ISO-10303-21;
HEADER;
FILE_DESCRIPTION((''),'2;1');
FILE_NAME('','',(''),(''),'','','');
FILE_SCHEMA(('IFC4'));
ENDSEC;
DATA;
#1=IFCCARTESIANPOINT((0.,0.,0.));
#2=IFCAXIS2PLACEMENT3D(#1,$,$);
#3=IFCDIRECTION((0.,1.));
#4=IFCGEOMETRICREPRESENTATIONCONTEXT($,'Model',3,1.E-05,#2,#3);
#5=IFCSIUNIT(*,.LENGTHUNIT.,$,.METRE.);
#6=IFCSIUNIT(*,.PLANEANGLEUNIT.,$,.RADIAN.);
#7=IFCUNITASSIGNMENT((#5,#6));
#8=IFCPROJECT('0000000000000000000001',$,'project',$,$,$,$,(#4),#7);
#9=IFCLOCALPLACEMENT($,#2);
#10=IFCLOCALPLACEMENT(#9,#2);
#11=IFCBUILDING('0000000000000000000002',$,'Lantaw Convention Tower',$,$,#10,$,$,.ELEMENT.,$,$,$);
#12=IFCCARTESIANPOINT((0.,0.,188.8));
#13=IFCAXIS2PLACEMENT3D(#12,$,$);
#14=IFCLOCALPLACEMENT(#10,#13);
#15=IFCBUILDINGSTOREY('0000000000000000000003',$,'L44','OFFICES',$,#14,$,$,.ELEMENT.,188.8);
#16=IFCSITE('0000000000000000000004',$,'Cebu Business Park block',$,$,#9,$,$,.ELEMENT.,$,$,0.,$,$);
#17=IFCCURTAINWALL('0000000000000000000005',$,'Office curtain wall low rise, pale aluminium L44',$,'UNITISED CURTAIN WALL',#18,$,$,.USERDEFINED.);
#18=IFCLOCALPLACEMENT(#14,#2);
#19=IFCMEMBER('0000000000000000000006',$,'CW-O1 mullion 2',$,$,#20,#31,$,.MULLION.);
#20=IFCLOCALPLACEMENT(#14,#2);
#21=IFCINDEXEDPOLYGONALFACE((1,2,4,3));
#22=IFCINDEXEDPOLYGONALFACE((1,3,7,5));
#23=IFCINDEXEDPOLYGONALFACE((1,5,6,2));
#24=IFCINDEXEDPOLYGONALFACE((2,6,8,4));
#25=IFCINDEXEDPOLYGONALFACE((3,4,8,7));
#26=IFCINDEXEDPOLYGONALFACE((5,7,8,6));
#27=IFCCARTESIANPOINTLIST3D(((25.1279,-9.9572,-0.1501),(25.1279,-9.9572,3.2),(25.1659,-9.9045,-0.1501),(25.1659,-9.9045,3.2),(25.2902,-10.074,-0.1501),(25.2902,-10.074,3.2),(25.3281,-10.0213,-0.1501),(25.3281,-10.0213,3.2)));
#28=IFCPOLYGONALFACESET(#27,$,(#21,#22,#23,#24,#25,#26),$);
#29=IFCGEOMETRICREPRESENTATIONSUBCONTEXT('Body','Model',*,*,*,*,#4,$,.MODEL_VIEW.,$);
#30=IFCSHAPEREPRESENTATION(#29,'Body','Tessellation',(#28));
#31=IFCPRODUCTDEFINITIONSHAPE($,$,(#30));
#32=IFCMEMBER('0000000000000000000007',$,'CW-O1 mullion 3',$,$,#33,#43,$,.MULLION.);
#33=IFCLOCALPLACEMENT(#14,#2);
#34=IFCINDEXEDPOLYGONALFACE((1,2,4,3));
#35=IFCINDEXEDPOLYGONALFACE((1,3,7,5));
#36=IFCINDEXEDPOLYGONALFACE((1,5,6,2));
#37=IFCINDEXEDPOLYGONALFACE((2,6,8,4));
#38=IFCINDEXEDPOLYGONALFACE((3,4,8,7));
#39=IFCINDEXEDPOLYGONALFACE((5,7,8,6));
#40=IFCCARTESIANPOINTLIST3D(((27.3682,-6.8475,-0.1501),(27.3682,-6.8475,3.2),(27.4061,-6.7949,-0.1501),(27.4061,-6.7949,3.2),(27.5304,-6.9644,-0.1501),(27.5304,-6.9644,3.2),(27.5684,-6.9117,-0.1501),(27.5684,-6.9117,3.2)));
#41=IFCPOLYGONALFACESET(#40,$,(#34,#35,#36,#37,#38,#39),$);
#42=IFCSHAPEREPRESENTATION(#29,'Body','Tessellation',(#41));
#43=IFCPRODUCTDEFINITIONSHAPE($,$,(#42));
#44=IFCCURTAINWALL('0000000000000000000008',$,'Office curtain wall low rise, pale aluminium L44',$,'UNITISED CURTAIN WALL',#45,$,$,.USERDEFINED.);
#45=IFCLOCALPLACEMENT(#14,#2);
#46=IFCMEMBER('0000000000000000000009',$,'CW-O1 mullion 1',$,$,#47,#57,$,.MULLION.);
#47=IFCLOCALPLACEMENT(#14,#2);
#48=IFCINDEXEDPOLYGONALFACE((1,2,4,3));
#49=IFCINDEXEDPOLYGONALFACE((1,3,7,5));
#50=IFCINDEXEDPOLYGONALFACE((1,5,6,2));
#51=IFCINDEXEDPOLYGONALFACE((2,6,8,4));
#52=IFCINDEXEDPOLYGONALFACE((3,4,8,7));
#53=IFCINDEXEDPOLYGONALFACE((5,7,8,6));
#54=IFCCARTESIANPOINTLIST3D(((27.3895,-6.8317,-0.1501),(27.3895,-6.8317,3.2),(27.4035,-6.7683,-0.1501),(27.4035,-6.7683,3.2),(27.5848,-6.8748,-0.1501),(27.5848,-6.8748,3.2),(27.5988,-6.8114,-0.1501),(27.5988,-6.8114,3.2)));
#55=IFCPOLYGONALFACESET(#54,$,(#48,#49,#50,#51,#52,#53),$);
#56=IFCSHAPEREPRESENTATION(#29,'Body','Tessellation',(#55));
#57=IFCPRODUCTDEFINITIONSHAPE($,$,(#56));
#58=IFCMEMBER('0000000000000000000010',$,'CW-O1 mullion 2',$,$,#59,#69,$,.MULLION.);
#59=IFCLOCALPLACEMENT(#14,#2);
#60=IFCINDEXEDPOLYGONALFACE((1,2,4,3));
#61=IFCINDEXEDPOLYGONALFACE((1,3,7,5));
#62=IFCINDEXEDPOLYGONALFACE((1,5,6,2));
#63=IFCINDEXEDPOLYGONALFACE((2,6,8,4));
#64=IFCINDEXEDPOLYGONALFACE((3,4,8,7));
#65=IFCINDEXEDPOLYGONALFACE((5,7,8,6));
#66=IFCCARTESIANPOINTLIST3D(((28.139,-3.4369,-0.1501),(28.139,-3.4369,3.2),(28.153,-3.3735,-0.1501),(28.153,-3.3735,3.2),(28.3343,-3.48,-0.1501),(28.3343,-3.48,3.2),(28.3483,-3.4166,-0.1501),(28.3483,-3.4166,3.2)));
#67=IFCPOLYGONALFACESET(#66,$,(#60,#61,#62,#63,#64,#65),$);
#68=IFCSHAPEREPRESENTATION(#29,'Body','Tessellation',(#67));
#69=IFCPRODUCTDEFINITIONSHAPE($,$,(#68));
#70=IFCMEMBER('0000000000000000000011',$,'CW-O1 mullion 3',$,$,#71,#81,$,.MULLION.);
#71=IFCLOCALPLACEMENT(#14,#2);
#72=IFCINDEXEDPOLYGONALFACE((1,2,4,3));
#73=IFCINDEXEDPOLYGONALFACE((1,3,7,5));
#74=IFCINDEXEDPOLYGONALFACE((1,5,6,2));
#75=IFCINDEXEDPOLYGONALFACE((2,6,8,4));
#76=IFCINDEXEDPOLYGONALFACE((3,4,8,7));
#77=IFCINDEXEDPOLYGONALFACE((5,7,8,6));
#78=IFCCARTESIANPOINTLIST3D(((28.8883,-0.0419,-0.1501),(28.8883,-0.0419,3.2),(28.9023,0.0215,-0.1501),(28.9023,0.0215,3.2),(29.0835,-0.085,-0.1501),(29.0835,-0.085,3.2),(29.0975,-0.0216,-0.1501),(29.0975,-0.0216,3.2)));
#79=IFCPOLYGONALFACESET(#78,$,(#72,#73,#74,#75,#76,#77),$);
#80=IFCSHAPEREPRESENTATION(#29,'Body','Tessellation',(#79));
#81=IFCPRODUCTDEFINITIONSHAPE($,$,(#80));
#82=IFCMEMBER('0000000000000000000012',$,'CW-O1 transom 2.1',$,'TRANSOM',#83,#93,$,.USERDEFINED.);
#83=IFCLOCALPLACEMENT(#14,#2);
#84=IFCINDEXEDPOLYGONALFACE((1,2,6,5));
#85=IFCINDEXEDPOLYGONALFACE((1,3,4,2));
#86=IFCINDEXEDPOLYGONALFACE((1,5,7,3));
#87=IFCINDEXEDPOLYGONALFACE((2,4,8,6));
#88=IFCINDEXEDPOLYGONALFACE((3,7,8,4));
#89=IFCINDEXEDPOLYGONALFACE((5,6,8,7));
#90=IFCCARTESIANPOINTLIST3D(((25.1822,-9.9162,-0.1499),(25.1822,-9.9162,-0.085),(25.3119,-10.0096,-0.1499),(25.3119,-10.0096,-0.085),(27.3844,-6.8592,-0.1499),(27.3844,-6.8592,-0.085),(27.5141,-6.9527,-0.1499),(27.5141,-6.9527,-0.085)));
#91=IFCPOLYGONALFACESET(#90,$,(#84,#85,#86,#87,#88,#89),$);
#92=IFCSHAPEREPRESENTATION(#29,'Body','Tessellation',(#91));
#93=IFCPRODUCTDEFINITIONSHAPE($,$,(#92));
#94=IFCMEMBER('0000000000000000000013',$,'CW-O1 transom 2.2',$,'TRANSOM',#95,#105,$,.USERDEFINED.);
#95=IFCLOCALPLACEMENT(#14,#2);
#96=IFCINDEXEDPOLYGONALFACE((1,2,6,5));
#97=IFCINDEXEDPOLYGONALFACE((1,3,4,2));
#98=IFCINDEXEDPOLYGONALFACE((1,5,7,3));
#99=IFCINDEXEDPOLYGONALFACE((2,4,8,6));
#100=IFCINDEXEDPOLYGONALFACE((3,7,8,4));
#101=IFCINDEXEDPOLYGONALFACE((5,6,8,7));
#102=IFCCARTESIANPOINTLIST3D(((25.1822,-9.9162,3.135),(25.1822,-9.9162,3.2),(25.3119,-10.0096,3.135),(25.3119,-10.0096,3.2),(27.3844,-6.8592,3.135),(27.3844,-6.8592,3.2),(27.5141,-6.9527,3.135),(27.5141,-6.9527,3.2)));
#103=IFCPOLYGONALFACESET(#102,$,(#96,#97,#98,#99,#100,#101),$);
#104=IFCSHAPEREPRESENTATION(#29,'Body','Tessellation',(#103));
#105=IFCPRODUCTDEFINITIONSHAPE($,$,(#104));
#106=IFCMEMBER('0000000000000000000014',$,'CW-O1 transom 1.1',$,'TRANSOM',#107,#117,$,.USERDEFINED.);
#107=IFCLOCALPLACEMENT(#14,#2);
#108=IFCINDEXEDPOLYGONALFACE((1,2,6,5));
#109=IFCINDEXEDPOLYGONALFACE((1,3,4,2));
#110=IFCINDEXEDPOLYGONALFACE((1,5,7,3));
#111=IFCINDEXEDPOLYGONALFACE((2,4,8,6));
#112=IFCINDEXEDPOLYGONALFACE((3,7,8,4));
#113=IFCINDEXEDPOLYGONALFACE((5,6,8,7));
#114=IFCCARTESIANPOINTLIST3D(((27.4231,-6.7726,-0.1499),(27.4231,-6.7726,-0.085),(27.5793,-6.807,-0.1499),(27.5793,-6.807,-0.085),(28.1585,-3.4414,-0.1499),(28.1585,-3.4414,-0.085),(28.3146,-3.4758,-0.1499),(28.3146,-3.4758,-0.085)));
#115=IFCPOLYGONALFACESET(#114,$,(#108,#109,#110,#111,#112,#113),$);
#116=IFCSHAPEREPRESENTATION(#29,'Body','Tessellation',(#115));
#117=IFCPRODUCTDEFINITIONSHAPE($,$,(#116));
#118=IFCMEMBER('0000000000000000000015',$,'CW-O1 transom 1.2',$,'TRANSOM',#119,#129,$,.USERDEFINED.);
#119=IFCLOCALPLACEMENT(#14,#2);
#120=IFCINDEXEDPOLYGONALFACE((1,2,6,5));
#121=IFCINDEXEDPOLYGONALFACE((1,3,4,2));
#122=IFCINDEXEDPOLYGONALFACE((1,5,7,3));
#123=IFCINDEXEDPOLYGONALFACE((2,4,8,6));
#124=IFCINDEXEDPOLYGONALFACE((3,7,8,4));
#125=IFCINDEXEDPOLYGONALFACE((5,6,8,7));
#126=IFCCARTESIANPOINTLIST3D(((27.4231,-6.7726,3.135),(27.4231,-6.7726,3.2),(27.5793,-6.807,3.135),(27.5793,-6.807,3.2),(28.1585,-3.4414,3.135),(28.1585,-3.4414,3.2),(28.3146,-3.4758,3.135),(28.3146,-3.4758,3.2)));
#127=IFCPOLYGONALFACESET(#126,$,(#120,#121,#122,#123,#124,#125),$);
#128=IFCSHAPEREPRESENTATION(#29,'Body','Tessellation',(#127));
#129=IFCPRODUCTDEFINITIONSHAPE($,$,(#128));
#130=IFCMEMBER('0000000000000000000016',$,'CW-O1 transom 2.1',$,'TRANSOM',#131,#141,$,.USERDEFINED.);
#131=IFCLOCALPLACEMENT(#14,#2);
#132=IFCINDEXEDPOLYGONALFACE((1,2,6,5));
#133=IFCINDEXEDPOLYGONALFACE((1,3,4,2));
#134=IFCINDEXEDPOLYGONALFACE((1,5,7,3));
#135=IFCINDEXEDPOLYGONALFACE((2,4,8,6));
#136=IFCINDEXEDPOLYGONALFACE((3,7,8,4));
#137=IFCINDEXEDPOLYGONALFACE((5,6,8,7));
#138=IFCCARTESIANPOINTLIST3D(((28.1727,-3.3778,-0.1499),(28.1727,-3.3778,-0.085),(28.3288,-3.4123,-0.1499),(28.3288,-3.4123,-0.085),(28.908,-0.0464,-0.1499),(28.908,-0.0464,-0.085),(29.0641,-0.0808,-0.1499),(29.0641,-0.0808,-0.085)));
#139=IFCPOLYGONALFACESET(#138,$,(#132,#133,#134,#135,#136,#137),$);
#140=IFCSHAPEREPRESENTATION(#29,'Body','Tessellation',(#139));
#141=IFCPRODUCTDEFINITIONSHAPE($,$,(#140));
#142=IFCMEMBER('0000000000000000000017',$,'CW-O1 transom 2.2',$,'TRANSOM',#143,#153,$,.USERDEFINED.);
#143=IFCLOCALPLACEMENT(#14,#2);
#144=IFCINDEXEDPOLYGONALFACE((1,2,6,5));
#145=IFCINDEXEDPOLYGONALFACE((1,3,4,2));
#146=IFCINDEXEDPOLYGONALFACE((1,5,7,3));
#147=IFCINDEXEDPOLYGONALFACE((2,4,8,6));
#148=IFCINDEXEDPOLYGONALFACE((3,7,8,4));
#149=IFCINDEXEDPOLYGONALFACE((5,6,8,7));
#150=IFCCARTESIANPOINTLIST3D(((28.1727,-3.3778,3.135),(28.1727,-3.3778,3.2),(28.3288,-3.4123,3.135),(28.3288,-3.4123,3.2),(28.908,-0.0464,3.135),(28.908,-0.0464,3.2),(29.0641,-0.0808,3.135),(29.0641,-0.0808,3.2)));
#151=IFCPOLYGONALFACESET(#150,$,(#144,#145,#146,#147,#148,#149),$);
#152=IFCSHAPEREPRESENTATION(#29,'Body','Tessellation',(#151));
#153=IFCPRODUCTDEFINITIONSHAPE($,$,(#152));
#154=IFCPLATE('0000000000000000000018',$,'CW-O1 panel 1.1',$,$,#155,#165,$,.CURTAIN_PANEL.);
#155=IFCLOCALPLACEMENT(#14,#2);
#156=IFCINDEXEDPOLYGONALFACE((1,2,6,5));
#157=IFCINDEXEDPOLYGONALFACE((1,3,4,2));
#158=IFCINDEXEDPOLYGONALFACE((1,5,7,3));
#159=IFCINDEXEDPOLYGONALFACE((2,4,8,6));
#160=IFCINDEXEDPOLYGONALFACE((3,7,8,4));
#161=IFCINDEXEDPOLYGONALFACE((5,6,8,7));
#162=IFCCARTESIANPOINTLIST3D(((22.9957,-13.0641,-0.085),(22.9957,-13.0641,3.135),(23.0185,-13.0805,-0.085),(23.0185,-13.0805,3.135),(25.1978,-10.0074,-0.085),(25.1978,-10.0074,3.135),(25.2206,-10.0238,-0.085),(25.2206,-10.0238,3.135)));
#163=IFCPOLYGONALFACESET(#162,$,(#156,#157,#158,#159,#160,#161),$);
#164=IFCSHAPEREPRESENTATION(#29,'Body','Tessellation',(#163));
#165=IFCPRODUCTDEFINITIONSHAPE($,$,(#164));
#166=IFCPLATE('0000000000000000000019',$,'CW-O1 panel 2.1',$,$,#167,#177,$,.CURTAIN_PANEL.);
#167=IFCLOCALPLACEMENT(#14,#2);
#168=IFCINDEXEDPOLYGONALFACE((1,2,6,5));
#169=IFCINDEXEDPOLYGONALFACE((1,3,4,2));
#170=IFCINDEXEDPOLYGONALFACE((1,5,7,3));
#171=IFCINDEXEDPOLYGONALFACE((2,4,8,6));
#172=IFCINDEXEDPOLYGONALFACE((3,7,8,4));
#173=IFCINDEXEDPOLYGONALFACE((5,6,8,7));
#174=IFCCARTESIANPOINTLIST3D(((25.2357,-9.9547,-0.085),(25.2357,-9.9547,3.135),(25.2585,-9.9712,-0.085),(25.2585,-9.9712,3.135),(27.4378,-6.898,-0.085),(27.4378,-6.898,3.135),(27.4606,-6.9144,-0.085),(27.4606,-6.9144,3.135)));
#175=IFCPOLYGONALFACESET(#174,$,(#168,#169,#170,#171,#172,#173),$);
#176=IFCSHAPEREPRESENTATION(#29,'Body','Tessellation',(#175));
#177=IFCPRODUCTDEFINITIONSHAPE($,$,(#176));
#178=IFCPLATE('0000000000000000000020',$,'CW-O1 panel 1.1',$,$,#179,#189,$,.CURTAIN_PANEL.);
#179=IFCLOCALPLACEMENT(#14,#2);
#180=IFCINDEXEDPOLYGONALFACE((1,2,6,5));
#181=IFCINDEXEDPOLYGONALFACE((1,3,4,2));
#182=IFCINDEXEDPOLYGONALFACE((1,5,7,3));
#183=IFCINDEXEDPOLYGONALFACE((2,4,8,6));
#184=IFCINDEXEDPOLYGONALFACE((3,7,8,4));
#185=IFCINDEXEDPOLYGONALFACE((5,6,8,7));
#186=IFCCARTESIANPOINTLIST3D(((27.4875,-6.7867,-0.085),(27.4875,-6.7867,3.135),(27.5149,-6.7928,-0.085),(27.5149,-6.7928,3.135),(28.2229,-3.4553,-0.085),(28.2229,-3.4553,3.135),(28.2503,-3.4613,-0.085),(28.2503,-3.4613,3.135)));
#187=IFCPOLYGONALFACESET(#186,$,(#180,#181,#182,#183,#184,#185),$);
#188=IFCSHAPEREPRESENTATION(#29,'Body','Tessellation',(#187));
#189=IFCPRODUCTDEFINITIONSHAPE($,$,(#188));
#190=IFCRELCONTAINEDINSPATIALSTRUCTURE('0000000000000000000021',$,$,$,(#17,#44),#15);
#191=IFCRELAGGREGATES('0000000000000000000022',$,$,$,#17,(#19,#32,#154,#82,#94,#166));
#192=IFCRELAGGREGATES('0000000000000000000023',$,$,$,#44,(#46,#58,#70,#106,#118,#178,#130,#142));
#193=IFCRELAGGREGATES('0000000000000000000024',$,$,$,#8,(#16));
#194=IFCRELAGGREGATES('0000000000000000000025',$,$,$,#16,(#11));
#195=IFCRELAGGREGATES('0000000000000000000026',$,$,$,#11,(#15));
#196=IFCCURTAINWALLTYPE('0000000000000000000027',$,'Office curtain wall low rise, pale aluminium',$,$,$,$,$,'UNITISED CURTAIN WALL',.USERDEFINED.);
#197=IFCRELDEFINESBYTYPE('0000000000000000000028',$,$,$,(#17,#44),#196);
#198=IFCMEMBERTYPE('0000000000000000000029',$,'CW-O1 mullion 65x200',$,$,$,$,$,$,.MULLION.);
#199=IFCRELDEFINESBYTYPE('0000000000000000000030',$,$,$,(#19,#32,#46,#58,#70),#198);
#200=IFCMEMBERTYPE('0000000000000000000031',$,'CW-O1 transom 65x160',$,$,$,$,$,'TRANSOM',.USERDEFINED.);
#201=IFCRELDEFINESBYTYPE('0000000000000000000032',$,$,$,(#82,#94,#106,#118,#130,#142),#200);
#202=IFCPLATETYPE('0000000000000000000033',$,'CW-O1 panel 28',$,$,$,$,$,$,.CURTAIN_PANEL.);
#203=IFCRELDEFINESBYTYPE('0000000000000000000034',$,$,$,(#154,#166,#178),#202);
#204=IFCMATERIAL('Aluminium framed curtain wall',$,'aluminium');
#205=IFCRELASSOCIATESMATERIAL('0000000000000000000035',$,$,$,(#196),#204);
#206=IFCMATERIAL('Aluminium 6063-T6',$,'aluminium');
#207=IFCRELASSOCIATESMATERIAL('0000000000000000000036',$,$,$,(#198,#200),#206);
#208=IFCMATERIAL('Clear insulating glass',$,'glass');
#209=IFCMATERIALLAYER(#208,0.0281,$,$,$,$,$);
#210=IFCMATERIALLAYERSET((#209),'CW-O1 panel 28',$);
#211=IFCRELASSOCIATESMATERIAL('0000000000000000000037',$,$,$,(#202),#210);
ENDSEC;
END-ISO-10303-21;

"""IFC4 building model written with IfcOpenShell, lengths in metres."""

from ifc_helpers import new_model, si_unit, direction, frame, origin, origin_2d, place, context, subcontext, project, spatial, rectangle, extrude, material, layer, layer_set, material_profile, profile_set, type_object, element, aggregate, save


model = new_model("IFC4")

# Units and contexts
model_context = context("Model", 3, precision=1e-05, world=origin(), true_north=direction((0.0, 1.0)))
body_context = subcontext(model_context, "Body", "Model", "MODEL_VIEW")
ifc_project = project(units=[si_unit("LENGTHUNIT", "METRE"), si_unit("PLANEANGLEUNIT", "RADIAN")], contexts=[model_context])

# Site, building, storey
site_placement = place(None, origin())
site = spatial("IfcSite", under=ifc_project, at=site_placement, Name="Cebu Business Park block", CompositionType="ELEMENT", RefElevation=0.0)
building_placement = place(site_placement, origin())
building = spatial("IfcBuilding", under=site, at=building_placement, Name="Lantaw Convention Tower", CompositionType="ELEMENT")
storey_placement = place(building_placement, frame((0.0, 0.0, 188.8)))
storey = spatial("IfcBuildingStorey", under=building, at=storey_placement, Name="L44", Description="OFFICES", CompositionType="ELEMENT", Elevation=188.8)

# Curtain walls, members
ifc_material_1 = material(Name="Aluminium framed curtain wall", Category="aluminium")
curtain_wall_type = type_object("IfcCurtainWallType", Name="Office curtain wall low rise, pale aluminium", ElementType="UNITISED CURTAIN WALL", PredefinedType="USERDEFINED", material=ifc_material_1)
curtain_wall_1_placement = place(storey_placement, origin())
curtain_wall_1 = element("IfcCurtainWall", 1, at=curtain_wall_1_placement, inside=storey, type_object=curtain_wall_type, Name="Office curtain wall low rise, pale aluminium L44", ObjectType="UNITISED CURTAIN WALL", PredefinedType="USERDEFINED")
ifc_material_2 = material(Name="Aluminium 6063-T6", Category="aluminium")
ifc_material_profile_1 = material_profile(ifc_material_2, rectangle(XDim=0.2, YDim=0.0649, at=origin_2d()), Name="CW-O1 mullion 65x200")
ifc_profile_set_1 = profile_set([ifc_material_profile_1], Name="Aluminium 6063-T6")
member_type_1 = type_object("IfcMemberType", Name="CW-O1 mullion 65x200", PredefinedType="MULLION", material=ifc_profile_set_1)
member_1_placement = place(storey_placement, frame((25.228, -9.9893, -0.1501), z_axis=(0.0, 0.0, 1.0), x_axis=(-0.811385, 0.584513, 0.0)))
member_1 = element("IfcMember", 2, at=member_1_placement, type_object=member_type_1, Name="CW-O1 mullion 2", PredefinedType="MULLION", context=body_context, shape_type="SweptSolid", body=[
    extrude(rectangle(XDim=0.2, YDim=0.0649, at=origin_2d()), origin(), (0.0, 0.0, 1.0), 3.3501),
])
member_2_placement = place(storey_placement, frame((27.4683, -6.8796, -0.1501), z_axis=(0.0, 0.0, 1.0), x_axis=(-0.811385, 0.584513, 0.0)))
member_2 = element("IfcMember", 3, at=member_2_placement, type_object=member_type_1, Name="CW-O1 mullion 3", PredefinedType="MULLION", context=body_context, shape_type="SweptSolid", body=[
    extrude(rectangle(XDim=0.2, YDim=0.0649, at=origin_2d()), origin(), (0.0, 0.0, 1.0), 3.3501),
])
curtain_wall_2_placement = place(storey_placement, origin())
curtain_wall_2 = element("IfcCurtainWall", 4, at=curtain_wall_2_placement, inside=storey, type_object=curtain_wall_type, Name="Office curtain wall low rise, pale aluminium L44", ObjectType="UNITISED CURTAIN WALL", PredefinedType="USERDEFINED")
member_3_placement = place(storey_placement, frame((27.4941, -6.8215, -0.1501), z_axis=(0.0, 0.0, 1.0), x_axis=(-0.976494, 0.215546, 0.0)))
member_3 = element("IfcMember", 5, at=member_3_placement, type_object=member_type_1, Name="CW-O1 mullion 1", PredefinedType="MULLION", context=body_context, shape_type="SweptSolid", body=[
    extrude(rectangle(XDim=0.2, YDim=0.0649, at=origin_2d()), origin(), (0.0, 0.0, 1.0), 3.3501),
])
member_4_placement = place(storey_placement, frame((28.2437, -3.4268, -0.1501), z_axis=(0.0, 0.0, 1.0), x_axis=(-0.976494, 0.215546, 0.0)))
member_4 = element("IfcMember", 6, at=member_4_placement, type_object=member_type_1, Name="CW-O1 mullion 2", PredefinedType="MULLION", context=body_context, shape_type="SweptSolid", body=[
    extrude(rectangle(XDim=0.2, YDim=0.0649, at=origin_2d()), origin(), (0.0, 0.0, 1.0), 3.3501),
])
member_5_placement = place(storey_placement, frame((28.9929, -0.0317, -0.1501), z_axis=(0.0, 0.0, 1.0), x_axis=(-0.976494, 0.215546, 0.0)))
member_5 = element("IfcMember", 7, at=member_5_placement, type_object=member_type_1, Name="CW-O1 mullion 3", PredefinedType="MULLION", context=body_context, shape_type="SweptSolid", body=[
    extrude(rectangle(XDim=0.2, YDim=0.0649, at=origin_2d()), origin(), (0.0, 0.0, 1.0), 3.3501),
])

# Members
ifc_material_profile_2 = material_profile(ifc_material_2, rectangle(XDim=0.1599, YDim=0.0649, at=origin_2d()), Name="CW-O1 transom 65x160")
ifc_profile_set_2 = profile_set([ifc_material_profile_2], Name="Aluminium 6063-T6")
member_type_2 = type_object("IfcMemberType", Name="CW-O1 transom 65x160", ElementType="TRANSOM", PredefinedType="USERDEFINED", material=ifc_profile_set_2)
member_6_placement = place(storey_placement, frame((25.2471, -9.9629, -0.1174), z_axis=(0.584513, 0.811384, 0.0), x_axis=(-0.811384, 0.584513, 0.0)))
member_6 = element("IfcMember", 8, at=member_6_placement, type_object=member_type_2, Name="CW-O1 transom 2.1", ObjectType="TRANSOM", PredefinedType="USERDEFINED", context=body_context, shape_type="SweptSolid", body=[
    extrude(rectangle(XDim=0.1599, YDim=0.0649, at=origin_2d()), origin(), (0.0, 0.0, 1.0), 3.7676),
])
member_7_placement = place(storey_placement, frame((25.2471, -9.9629, 3.1675), z_axis=(0.584513, 0.811384, 0.0), x_axis=(-0.811384, 0.584513, 0.0)))
member_7 = element("IfcMember", 9, at=member_7_placement, type_object=member_type_2, Name="CW-O1 transom 2.2", ObjectType="TRANSOM", PredefinedType="USERDEFINED", context=body_context, shape_type="SweptSolid", body=[
    extrude(rectangle(XDim=0.1599, YDim=0.0649, at=origin_2d()), origin(), (0.0, 0.0, 1.0), 3.7676),
])
member_8_placement = place(storey_placement, frame((27.5012, -6.7898, -0.1174), z_axis=(0.215551, 0.976493, 0.0), x_axis=(-0.976493, 0.215551, 0.0)))
member_8 = element("IfcMember", 10, at=member_8_placement, type_object=member_type_2, Name="CW-O1 transom 1.1", ObjectType="TRANSOM", PredefinedType="USERDEFINED", context=body_context, shape_type="SweptSolid", body=[
    extrude(rectangle(XDim=0.1599, YDim=0.0649, at=origin_2d()), origin(), (0.0, 0.0, 1.0), 3.4114),
])
member_9_placement = place(storey_placement, frame((27.5012, -6.7898, 3.1675), z_axis=(0.215551, 0.976493, 0.0), x_axis=(-0.976493, 0.215551, 0.0)))
member_9 = element("IfcMember", 11, at=member_9_placement, type_object=member_type_2, Name="CW-O1 transom 1.2", ObjectType="TRANSOM", PredefinedType="USERDEFINED", context=body_context, shape_type="SweptSolid", body=[
    extrude(rectangle(XDim=0.1599, YDim=0.0649, at=origin_2d()), origin(), (0.0, 0.0, 1.0), 3.4114),
])
member_10_placement = place(storey_placement, frame((28.2507, -3.395, -0.1174), z_axis=(0.215536, 0.976496, 0.0), x_axis=(-0.976496, 0.215536, 0.0)))
member_10 = element("IfcMember", 12, at=member_10_placement, type_object=member_type_2, Name="CW-O1 transom 2.1", ObjectType="TRANSOM", PredefinedType="USERDEFINED", context=body_context, shape_type="SweptSolid", body=[
    extrude(rectangle(XDim=0.1599, YDim=0.0649, at=origin_2d()), origin(), (0.0, 0.0, 1.0), 3.4116),
])
member_11_placement = place(storey_placement, frame((28.2507, -3.395, 3.1675), z_axis=(0.215536, 0.976496, 0.0), x_axis=(-0.976496, 0.215536, 0.0)))
member_11 = element("IfcMember", 13, at=member_11_placement, type_object=member_type_2, Name="CW-O1 transom 2.2", ObjectType="TRANSOM", PredefinedType="USERDEFINED", context=body_context, shape_type="SweptSolid", body=[
    extrude(rectangle(XDim=0.1599, YDim=0.0649, at=origin_2d()), origin(), (0.0, 0.0, 1.0), 3.4116),
])

# Plates
ifc_material_3 = material(Name="Clear insulating glass", Category="glass")
ifc_layer_1 = layer(ifc_material_3, 0.0281)
ifc_layer_set_1 = layer_set([ifc_layer_1], Name="CW-O1 panel 28")
plate_type_1 = type_object("IfcPlateType", Name="CW-O1 panel 28", PredefinedType="CURTAIN_PANEL", material=ifc_layer_set_1)
plate_1_placement = place(storey_placement, frame((24.1082, -11.5439, -0.085), z_axis=(0.0, 0.0, 1.0), x_axis=(0.584513, 0.811385, 0.0)))
plate_1 = element("IfcPlate", 14, at=plate_1_placement, type_object=plate_type_1, Name="CW-O1 panel 1.1", PredefinedType="CURTAIN_PANEL", context=body_context, shape_type="SweptSolid", body=[
    extrude(rectangle(XDim=3.7673, YDim=0.0281, at=origin_2d()), origin(), (0.0, 0.0, 1.0), 3.22),
])
plate_2_placement = place(storey_placement, frame((26.3481, -8.4346, -0.085), z_axis=(0.0, 0.0, 1.0), x_axis=(0.584513, 0.811385, 0.0)))
plate_2 = element("IfcPlate", 15, at=plate_2_placement, type_object=plate_type_1, Name="CW-O1 panel 2.1", PredefinedType="CURTAIN_PANEL", context=body_context, shape_type="SweptSolid", body=[
    extrude(rectangle(XDim=3.7673, YDim=0.0281, at=origin_2d()), origin(), (0.0, 0.0, 1.0), 3.22),
])
aggregate(curtain_wall_1, [member_1, member_2, plate_1, member_6, member_7, plate_2])
plate_3_placement = place(storey_placement, frame((27.8689, -5.124, -0.085), z_axis=(0.0, 0.0, 1.0), x_axis=(0.215546, 0.976494, 0.0)))
plate_3 = element("IfcPlate", 16, at=plate_3_placement, type_object=plate_type_1, Name="CW-O1 panel 1.1", PredefinedType="CURTAIN_PANEL", context=body_context, shape_type="SweptSolid", body=[
    extrude(rectangle(XDim=3.4116, YDim=0.0281, at=origin_2d()), origin(), (0.0, 0.0, 1.0), 3.22),
])
aggregate(curtain_wall_2, [member_3, member_4, member_5, member_8, member_9, plate_3, member_10, member_11])

save(model, "model.ifc")
